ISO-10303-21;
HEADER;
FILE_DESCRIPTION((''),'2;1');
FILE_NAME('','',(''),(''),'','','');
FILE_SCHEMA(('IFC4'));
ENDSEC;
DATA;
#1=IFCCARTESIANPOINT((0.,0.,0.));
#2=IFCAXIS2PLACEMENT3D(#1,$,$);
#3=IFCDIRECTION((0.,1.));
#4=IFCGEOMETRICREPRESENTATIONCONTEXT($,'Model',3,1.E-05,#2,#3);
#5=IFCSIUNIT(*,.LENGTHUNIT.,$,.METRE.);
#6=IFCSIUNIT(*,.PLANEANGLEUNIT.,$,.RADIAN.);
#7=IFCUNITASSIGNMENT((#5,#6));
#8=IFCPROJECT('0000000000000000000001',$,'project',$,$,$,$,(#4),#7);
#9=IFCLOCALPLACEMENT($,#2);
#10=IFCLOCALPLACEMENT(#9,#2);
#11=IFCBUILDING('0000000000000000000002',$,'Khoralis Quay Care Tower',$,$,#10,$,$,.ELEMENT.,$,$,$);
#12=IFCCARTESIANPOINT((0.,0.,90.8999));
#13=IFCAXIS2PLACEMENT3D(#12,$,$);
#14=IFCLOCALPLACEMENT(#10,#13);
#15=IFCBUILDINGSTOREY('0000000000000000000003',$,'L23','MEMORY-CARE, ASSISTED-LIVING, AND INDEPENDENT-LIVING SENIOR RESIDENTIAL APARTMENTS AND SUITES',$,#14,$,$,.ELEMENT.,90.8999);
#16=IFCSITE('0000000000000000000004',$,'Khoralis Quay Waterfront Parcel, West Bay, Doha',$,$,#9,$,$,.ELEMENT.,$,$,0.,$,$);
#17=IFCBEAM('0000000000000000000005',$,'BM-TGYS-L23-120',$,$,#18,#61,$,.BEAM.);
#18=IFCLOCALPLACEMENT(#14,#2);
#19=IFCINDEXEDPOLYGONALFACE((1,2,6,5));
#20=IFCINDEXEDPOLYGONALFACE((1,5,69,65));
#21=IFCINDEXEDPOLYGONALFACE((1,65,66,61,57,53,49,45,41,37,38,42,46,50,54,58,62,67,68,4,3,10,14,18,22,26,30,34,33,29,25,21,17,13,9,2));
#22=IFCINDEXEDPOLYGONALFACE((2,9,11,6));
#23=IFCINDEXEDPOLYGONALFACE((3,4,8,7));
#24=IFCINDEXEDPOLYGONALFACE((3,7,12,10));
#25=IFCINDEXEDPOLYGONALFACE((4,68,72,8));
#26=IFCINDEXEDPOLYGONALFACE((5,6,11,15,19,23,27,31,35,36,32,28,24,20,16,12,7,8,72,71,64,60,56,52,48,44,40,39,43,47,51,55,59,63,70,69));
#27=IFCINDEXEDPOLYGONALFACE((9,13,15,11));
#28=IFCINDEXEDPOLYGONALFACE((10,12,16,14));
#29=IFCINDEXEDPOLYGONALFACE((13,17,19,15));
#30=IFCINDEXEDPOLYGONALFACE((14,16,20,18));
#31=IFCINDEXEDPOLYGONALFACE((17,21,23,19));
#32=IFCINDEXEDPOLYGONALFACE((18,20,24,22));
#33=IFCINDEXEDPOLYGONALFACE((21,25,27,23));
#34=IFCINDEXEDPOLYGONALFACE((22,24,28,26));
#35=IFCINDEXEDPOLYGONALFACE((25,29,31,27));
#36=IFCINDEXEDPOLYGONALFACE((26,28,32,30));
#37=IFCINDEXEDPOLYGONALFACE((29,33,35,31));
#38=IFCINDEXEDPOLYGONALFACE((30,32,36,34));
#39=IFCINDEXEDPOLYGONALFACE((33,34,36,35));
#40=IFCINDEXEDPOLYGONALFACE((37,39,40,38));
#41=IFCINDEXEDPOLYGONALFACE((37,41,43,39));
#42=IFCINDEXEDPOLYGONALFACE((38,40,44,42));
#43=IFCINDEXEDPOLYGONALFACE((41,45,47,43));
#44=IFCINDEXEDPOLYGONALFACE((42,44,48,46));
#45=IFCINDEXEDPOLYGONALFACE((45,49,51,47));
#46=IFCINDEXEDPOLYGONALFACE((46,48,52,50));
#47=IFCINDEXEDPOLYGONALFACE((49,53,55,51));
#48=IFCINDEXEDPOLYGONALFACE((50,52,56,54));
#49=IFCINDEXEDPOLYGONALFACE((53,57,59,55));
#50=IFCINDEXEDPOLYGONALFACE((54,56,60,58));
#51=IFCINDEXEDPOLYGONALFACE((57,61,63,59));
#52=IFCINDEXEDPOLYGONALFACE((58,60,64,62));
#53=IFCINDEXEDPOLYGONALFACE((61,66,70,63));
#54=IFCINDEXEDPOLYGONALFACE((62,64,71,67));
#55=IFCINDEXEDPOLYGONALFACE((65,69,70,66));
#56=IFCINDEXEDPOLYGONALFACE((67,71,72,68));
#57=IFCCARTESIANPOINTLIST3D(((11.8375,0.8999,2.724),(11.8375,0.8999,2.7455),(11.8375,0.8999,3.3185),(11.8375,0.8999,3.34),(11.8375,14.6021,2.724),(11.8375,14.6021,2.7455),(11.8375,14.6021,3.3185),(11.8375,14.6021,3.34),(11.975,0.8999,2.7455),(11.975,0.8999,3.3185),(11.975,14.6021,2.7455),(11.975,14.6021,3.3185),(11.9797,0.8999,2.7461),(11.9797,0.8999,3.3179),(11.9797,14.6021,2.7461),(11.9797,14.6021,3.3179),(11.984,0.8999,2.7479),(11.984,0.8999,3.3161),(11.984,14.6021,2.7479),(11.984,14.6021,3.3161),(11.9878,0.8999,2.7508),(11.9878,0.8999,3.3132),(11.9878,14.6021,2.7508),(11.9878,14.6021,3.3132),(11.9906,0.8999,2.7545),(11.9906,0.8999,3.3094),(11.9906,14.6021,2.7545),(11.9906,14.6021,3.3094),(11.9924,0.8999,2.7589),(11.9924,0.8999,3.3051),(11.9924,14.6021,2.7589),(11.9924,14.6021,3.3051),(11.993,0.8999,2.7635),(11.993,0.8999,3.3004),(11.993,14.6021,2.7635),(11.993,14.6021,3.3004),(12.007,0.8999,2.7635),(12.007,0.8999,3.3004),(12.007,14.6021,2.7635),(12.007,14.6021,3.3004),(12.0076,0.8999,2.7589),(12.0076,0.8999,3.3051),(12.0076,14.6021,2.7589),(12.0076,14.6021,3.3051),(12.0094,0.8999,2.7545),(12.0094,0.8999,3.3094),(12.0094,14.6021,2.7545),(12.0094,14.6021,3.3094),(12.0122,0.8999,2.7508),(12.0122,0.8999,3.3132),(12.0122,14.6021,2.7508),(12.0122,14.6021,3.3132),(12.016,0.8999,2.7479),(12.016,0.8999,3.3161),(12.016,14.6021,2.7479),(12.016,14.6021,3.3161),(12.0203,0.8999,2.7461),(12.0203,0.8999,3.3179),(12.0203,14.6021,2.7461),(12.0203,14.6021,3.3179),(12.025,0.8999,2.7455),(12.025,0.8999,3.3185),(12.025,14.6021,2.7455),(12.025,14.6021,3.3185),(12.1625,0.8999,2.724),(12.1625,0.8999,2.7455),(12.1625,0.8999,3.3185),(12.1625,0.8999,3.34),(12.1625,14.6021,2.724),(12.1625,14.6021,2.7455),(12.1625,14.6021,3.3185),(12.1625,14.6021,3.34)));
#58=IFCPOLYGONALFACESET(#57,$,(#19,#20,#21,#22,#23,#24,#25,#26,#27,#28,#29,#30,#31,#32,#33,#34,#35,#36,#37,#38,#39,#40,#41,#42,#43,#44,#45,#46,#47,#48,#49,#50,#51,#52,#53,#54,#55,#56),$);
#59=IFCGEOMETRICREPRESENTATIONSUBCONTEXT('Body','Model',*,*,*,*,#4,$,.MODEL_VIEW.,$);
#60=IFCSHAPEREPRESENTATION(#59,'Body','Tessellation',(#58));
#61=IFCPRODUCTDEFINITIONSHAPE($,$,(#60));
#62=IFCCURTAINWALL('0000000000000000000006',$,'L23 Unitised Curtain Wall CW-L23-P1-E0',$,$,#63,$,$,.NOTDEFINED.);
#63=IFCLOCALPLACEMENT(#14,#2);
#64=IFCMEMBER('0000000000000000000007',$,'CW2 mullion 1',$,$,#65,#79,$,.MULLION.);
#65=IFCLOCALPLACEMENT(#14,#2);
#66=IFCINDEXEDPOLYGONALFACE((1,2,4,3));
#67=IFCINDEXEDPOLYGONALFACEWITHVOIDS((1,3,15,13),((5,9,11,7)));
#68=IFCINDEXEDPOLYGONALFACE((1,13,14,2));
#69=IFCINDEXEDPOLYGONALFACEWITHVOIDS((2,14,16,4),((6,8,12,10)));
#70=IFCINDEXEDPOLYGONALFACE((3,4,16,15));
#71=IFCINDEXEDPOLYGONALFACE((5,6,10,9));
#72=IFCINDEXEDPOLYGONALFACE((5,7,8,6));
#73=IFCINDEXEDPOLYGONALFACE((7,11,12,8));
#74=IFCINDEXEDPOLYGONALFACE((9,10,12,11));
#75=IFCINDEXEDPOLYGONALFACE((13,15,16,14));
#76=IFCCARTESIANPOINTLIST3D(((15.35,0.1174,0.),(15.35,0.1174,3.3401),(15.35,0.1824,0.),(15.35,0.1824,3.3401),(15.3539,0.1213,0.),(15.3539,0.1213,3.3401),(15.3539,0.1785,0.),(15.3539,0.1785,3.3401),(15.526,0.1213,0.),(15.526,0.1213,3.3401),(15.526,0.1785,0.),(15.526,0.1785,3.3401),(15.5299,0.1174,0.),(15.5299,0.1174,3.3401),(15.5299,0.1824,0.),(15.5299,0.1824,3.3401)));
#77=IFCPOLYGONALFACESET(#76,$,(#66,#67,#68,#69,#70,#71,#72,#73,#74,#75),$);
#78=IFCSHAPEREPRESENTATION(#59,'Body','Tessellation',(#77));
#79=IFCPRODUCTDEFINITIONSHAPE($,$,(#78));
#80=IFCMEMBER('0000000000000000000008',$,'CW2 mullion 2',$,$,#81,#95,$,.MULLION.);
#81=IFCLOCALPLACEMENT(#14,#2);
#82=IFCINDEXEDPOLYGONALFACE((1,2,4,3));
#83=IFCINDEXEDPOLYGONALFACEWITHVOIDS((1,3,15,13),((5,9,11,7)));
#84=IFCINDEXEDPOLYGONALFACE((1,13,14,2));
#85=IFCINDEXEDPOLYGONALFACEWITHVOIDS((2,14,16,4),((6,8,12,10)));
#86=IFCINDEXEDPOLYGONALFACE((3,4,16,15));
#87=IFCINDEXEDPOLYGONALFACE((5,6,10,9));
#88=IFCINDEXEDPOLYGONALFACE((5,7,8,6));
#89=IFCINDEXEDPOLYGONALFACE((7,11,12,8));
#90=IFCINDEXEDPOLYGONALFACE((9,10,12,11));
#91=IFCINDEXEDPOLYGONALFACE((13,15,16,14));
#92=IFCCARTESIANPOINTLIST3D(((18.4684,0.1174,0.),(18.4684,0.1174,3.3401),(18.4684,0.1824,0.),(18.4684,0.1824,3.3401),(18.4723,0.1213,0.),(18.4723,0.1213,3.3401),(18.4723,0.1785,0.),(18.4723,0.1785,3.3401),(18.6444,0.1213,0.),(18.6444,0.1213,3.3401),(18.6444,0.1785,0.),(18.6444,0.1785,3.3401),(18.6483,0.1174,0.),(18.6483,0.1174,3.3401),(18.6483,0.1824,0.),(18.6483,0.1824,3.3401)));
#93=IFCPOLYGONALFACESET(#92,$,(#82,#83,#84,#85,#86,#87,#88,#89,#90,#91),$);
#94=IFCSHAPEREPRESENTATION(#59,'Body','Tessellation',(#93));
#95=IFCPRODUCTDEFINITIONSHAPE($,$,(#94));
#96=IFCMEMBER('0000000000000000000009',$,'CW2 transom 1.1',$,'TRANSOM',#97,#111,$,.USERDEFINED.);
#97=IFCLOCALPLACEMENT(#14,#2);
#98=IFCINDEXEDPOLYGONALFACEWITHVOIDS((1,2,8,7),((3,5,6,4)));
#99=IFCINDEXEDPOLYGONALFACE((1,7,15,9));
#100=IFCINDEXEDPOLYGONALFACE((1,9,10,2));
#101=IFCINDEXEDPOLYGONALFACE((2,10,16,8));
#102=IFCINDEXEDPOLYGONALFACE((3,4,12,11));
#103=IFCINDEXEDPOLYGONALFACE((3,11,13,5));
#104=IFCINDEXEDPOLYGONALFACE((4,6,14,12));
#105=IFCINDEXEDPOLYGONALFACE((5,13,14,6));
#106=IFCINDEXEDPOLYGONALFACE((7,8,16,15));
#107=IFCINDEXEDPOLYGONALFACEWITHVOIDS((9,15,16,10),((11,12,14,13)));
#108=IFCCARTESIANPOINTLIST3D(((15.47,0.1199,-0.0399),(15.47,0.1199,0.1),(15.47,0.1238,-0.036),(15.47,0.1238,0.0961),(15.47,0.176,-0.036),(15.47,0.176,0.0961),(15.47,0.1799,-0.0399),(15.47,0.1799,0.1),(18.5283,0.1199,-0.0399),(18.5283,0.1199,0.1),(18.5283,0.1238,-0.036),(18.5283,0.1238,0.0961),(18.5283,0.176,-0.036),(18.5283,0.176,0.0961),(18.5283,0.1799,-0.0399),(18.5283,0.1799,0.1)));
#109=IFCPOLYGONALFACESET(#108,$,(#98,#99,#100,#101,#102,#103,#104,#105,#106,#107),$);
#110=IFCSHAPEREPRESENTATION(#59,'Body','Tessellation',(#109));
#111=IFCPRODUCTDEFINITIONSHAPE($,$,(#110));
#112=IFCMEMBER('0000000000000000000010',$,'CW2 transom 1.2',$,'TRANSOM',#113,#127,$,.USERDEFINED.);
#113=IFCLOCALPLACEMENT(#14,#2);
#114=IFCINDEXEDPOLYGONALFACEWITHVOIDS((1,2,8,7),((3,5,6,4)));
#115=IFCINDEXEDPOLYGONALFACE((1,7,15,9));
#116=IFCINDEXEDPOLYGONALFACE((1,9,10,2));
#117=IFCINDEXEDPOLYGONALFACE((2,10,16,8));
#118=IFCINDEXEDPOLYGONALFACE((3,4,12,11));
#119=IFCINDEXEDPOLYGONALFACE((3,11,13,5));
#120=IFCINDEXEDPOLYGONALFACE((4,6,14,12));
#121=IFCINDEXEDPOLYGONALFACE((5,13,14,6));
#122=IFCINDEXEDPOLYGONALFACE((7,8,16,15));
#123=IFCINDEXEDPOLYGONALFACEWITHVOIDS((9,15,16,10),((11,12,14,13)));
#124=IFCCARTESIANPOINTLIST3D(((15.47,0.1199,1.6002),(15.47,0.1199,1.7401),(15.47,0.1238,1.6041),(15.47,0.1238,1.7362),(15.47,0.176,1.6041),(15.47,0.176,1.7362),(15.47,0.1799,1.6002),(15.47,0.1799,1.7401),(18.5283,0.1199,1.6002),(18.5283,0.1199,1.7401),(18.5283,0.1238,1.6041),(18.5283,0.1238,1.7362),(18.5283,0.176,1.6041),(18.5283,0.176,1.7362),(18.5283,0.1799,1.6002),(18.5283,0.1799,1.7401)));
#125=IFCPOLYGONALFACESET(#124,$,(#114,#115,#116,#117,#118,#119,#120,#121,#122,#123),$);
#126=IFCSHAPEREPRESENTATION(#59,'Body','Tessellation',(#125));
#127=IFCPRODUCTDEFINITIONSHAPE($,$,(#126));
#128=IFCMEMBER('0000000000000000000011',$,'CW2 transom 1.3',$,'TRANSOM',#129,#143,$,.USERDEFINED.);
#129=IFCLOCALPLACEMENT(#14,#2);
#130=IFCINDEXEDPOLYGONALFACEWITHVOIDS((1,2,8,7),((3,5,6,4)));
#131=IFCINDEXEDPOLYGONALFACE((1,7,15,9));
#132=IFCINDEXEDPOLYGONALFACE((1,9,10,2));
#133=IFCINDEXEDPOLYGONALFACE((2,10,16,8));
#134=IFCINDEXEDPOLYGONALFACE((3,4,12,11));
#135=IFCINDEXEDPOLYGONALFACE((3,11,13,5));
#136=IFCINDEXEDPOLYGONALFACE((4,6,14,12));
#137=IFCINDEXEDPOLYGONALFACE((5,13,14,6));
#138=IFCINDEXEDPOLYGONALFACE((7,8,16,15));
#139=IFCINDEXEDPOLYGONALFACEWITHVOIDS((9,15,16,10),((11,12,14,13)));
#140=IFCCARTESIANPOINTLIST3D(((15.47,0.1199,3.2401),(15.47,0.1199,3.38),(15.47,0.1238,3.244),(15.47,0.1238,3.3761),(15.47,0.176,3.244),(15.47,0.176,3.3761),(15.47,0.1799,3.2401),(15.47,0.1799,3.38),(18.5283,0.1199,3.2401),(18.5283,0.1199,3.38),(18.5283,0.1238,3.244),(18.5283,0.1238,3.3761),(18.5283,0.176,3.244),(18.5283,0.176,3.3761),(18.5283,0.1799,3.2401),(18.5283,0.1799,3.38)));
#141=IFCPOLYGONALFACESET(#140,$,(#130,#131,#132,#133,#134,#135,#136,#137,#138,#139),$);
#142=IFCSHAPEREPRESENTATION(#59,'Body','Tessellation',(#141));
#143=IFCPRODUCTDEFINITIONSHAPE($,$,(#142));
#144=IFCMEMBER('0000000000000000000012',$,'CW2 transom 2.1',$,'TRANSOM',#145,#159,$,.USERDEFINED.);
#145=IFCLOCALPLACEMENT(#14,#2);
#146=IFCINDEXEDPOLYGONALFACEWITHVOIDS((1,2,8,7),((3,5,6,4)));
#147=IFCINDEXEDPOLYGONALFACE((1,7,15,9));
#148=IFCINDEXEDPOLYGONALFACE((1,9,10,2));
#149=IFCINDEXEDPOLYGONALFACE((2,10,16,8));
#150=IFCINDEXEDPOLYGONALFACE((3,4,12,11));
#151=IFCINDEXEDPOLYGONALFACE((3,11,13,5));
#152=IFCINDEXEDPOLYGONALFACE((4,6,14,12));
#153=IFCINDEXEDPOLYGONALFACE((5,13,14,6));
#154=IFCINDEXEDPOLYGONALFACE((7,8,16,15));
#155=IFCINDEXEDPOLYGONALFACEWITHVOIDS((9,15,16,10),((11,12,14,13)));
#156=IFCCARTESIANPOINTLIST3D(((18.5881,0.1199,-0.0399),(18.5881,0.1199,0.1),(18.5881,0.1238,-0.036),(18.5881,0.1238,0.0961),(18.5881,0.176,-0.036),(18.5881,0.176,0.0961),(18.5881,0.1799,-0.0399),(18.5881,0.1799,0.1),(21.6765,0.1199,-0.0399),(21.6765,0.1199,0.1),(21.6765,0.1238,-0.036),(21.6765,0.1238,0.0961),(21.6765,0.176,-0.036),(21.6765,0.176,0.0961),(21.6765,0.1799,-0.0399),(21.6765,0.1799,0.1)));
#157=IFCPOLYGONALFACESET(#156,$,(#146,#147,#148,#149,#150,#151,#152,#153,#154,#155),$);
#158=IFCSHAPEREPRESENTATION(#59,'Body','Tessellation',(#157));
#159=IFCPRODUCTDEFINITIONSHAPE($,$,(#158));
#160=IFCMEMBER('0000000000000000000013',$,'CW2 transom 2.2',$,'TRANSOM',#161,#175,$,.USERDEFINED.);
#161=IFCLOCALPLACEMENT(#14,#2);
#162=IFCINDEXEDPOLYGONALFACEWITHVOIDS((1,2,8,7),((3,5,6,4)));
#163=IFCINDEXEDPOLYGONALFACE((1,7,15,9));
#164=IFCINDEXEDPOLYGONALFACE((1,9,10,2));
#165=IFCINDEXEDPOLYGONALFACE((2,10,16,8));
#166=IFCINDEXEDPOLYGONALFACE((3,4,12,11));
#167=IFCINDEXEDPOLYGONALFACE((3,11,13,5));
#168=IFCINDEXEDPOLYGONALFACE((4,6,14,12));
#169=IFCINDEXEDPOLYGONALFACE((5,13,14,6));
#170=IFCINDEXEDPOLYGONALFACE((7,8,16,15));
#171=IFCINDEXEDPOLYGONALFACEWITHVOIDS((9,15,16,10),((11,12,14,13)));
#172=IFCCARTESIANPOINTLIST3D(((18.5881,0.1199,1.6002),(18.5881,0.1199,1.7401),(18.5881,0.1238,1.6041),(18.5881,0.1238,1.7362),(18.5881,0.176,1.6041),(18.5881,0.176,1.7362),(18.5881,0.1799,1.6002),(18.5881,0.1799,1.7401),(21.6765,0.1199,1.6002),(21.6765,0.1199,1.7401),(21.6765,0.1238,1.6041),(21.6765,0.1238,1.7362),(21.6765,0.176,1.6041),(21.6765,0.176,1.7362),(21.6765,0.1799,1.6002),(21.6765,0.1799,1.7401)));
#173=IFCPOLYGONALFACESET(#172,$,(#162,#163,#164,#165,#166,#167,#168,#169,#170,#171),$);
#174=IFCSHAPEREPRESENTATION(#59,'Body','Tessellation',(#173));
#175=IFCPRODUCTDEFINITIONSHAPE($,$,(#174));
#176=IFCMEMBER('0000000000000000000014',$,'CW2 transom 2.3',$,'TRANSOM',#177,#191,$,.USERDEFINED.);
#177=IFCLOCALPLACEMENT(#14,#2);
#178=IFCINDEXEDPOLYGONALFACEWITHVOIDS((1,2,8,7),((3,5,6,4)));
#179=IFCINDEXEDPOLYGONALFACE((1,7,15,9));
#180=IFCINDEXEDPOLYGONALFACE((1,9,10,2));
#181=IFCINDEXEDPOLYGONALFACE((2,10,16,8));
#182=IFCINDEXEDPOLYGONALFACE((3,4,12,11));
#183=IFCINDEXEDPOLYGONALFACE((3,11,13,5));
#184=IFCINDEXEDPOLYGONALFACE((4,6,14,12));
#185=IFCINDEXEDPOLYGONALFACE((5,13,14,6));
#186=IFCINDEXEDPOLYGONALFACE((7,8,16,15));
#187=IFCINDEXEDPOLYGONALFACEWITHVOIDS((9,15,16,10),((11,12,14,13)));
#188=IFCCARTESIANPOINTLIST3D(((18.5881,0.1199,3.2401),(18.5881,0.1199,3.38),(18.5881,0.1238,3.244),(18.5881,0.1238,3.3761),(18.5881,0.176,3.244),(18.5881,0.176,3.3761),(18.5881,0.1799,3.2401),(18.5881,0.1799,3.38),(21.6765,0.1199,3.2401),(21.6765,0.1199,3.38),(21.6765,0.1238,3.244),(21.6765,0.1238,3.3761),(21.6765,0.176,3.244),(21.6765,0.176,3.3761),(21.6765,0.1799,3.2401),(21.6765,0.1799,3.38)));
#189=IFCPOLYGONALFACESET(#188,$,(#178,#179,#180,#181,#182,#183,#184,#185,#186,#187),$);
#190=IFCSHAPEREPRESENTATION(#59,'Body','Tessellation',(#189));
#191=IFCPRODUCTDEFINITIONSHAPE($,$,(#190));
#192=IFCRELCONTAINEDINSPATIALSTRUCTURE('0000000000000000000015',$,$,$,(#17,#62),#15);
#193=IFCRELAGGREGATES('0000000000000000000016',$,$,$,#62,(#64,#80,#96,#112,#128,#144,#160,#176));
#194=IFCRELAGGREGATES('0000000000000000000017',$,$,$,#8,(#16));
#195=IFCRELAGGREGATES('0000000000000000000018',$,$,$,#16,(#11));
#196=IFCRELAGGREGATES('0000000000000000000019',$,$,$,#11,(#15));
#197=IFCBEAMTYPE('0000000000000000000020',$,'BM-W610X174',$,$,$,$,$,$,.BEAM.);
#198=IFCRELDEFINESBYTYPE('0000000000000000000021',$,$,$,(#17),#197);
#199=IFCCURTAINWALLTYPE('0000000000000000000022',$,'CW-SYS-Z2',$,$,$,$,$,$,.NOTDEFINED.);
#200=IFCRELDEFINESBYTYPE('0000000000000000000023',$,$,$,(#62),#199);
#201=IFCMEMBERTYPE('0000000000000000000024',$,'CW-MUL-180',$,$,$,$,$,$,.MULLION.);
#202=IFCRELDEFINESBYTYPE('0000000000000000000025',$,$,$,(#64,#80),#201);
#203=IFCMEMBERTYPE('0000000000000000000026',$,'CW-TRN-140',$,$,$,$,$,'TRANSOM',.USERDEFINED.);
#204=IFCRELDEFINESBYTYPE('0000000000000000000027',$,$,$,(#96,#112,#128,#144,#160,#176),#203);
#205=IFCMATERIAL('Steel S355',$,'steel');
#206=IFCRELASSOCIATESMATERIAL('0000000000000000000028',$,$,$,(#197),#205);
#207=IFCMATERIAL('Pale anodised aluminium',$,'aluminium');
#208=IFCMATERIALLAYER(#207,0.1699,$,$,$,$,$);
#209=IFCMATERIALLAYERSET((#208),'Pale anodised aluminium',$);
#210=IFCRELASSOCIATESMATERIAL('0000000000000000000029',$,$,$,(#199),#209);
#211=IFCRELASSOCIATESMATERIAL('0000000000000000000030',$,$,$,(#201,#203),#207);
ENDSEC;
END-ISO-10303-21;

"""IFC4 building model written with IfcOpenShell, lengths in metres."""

from ifc_helpers import new_model, si_unit, direction, frame, origin, origin_2d, place, context, subcontext, project, spatial, hollow_rectangle, i_section, extrude, source, transform, mapped, material, layer, layer_set, material_profile, profile_set, type_object, element, aggregate, save


model = new_model("IFC4")

# Units and contexts
model_context = context("Model", 3, precision=1e-05, world=origin(), true_north=direction((0.0, 1.0)))
body_context = subcontext(model_context, "Body", "Model", "MODEL_VIEW")
ifc_project = project(units=[si_unit("LENGTHUNIT", "METRE"), si_unit("PLANEANGLEUNIT", "RADIAN")], contexts=[model_context])

# Site, building, storey
site_placement = place(None, origin())
site = spatial("IfcSite", under=ifc_project, at=site_placement, Name="Khoralis Quay Waterfront Parcel, West Bay, Doha", CompositionType="ELEMENT", RefElevation=0.0)
building_placement = place(site_placement, origin())
building = spatial("IfcBuilding", under=site, at=building_placement, Name="Khoralis Quay Care Tower", CompositionType="ELEMENT")
storey_placement = place(building_placement, frame((0.0, 0.0, 90.8999)))
storey = spatial("IfcBuildingStorey", under=building, at=storey_placement, Name="L23", Description="MEMORY-CARE, ASSISTED-LIVING, AND INDEPENDENT-LIVING SENIOR RESIDENTIAL APARTMENTS AND SUITES", CompositionType="ELEMENT", Elevation=90.8999)

# Beam
ifc_material_1 = material(Name="Steel S355", Category="steel")
ifc_material_profile_1 = material_profile(ifc_material_1, i_section(OverallWidth=0.325, OverallDepth=0.616, WebThickness=0.0139, FlangeThickness=0.0215, FilletRadius=0.0181, at=origin_2d()), Name="Steel S355")
ifc_profile_set_1 = profile_set([ifc_material_profile_1], Name="Steel S355")
beam_type_1 = type_object("IfcBeamType", Name="BM-W610X174", PredefinedType="BEAM", material=ifc_profile_set_1)
shared_shape_1 = source(origin(), body_context, "Body", "SweptSolid", [
    extrude(i_section(OverallWidth=0.325, OverallDepth=0.616, WebThickness=0.0139, FlangeThickness=0.0215, FilletRadius=0.0181, at=origin_2d()), origin(), (0.0, 0.0, 1.0), 13.7021),
])
beam_1_placement = place(storey_placement, frame((12.0, 0.8999, 3.032), z_axis=(0.0, 1.0, 0.0), x_axis=(-1.0, 0.0, 0.0)))
element("IfcBeam", 1, at=beam_1_placement, inside=storey, type_object=beam_type_1, Name="BM-TGYS-L23-120", PredefinedType="BEAM", context=body_context, shape_type="MappedRepresentation", body=[
    mapped(shared_shape_1, transform((0.0, 0.0, 0.0), scale=1.0)),
])

# Curtain wall, members
ifc_material_2 = material(Name="Pale anodised aluminium", Category="aluminium")
ifc_layer_1 = layer(ifc_material_2, 0.1699)
ifc_layer_set_1 = layer_set([ifc_layer_1], Name="Pale anodised aluminium")
curtain_wall_type = type_object("IfcCurtainWallType", Name="CW-SYS-Z2", PredefinedType="NOTDEFINED", material=ifc_layer_set_1)
curtain_wall_placement = place(storey_placement, origin())
curtain_wall = element("IfcCurtainWall", 2, at=curtain_wall_placement, inside=storey, type_object=curtain_wall_type, Name="L23 Unitised Curtain Wall CW-L23-P1-E0", PredefinedType="NOTDEFINED")
ifc_material_profile_2 = material_profile(ifc_material_2, hollow_rectangle(XDim=0.0649, YDim=0.1799, WallThickness=0.0039, at=origin_2d()), Name="Pale anodised aluminium")
ifc_profile_set_2 = profile_set([ifc_material_profile_2], Name="Pale anodised aluminium")
member_type_1 = type_object("IfcMemberType", Name="CW-MUL-180", PredefinedType="MULLION", material=ifc_profile_set_2)
shared_shape_2 = source(origin(), body_context, "Body", "SweptSolid", [
    extrude(hollow_rectangle(XDim=0.0649, YDim=0.1799, WallThickness=0.0039, at=origin_2d()), origin(), (0.0, 0.0, 1.0), 3.3401),
])
member_1_placement = place(storey_placement, frame((15.4399, 0.1499, 0.0), z_axis=(0.0, 0.0, 1.0), x_axis=(0.0, 1.0, 0.0)))
member_1 = element("IfcMember", 3, at=member_1_placement, type_object=member_type_1, Name="CW2 mullion 1", PredefinedType="MULLION", context=body_context, shape_type="MappedRepresentation", body=[
    mapped(shared_shape_2, transform((0.0, 0.0, 0.0), scale=1.0)),
])
member_2_placement = place(storey_placement, frame((18.5583, 0.1499, 0.0), z_axis=(0.0, 0.0, 1.0), x_axis=(0.0, 1.0, 0.0)))
member_2 = element("IfcMember", 4, at=member_2_placement, type_object=member_type_1, Name="CW2 mullion 2", PredefinedType="MULLION", context=body_context, shape_type="MappedRepresentation", body=[
    mapped(shared_shape_2, transform((0.0, 0.0, 0.0), scale=1.0)),
])
ifc_material_profile_3 = material_profile(ifc_material_2, hollow_rectangle(XDim=0.0601, YDim=0.1399, WallThickness=0.0039, at=origin_2d()), Name="Pale anodised aluminium")
ifc_profile_set_3 = profile_set([ifc_material_profile_3], Name="Pale anodised aluminium")
member_type_2 = type_object("IfcMemberType", Name="CW-TRN-140", ElementType="TRANSOM", PredefinedType="USERDEFINED", material=ifc_profile_set_3)
shared_shape_3 = source(origin(), body_context, "Body", "SweptSolid", [
    extrude(hollow_rectangle(XDim=0.0601, YDim=0.1399, WallThickness=0.0039, at=origin_2d()), origin(), (0.0, 0.0, 1.0), 3.0583),
])
member_3_placement = place(storey_placement, frame((15.47, 0.1499, 0.03), z_axis=(1.0, 0.0, 0.0), x_axis=(0.0, 1.0, 0.0)))
member_3 = element("IfcMember", 5, at=member_3_placement, type_object=member_type_2, Name="CW2 transom 1.1", ObjectType="TRANSOM", PredefinedType="USERDEFINED", context=body_context, shape_type="MappedRepresentation", body=[
    mapped(shared_shape_3, transform((0.0, 0.0, 0.0), scale=1.0)),
])
member_4_placement = place(storey_placement, frame((15.47, 0.1499, 1.6702), z_axis=(1.0, 0.0, 0.0), x_axis=(0.0, 1.0, 0.0)))
member_4 = element("IfcMember", 6, at=member_4_placement, type_object=member_type_2, Name="CW2 transom 1.2", ObjectType="TRANSOM", PredefinedType="USERDEFINED", context=body_context, shape_type="MappedRepresentation", body=[
    mapped(shared_shape_3, transform((0.0, 0.0, 0.0), scale=1.0)),
])
member_5_placement = place(storey_placement, frame((15.47, 0.1499, 3.3101), z_axis=(1.0, 0.0, 0.0), x_axis=(0.0, 1.0, 0.0)))
member_5 = element("IfcMember", 7, at=member_5_placement, type_object=member_type_2, Name="CW2 transom 1.3", ObjectType="TRANSOM", PredefinedType="USERDEFINED", context=body_context, shape_type="MappedRepresentation", body=[
    mapped(shared_shape_3, transform((0.0, 0.0, 0.0), scale=1.0)),
])
shared_shape_4 = source(origin(), body_context, "Body", "SweptSolid", [
    extrude(hollow_rectangle(XDim=0.0601, YDim=0.1399, WallThickness=0.0039, at=origin_2d()), origin(), (0.0, 0.0, 1.0), 3.0884),
])
member_6_placement = place(storey_placement, frame((18.5881, 0.1499, 0.03), z_axis=(1.0, 0.0, 0.0), x_axis=(0.0, 1.0, 0.0)))
member_6 = element("IfcMember", 8, at=member_6_placement, type_object=member_type_2, Name="CW2 transom 2.1", ObjectType="TRANSOM", PredefinedType="USERDEFINED", context=body_context, shape_type="MappedRepresentation", body=[
    mapped(shared_shape_4, transform((0.0, 0.0, 0.0), scale=1.0)),
])
member_7_placement = place(storey_placement, frame((18.5881, 0.1499, 1.6702), z_axis=(1.0, 0.0, 0.0), x_axis=(0.0, 1.0, 0.0)))
member_7 = element("IfcMember", 9, at=member_7_placement, type_object=member_type_2, Name="CW2 transom 2.2", ObjectType="TRANSOM", PredefinedType="USERDEFINED", context=body_context, shape_type="MappedRepresentation", body=[
    mapped(shared_shape_4, transform((0.0, 0.0, 0.0), scale=1.0)),
])
member_8_placement = place(storey_placement, frame((18.5881, 0.1499, 3.3101), z_axis=(1.0, 0.0, 0.0), x_axis=(0.0, 1.0, 0.0)))
member_8 = element("IfcMember", 10, at=member_8_placement, type_object=member_type_2, Name="CW2 transom 2.3", ObjectType="TRANSOM", PredefinedType="USERDEFINED", context=body_context, shape_type="MappedRepresentation", body=[
    mapped(shared_shape_4, transform((0.0, 0.0, 0.0), scale=1.0)),
])
aggregate(curtain_wall, [member_1, member_2, member_3, member_4, member_5, member_6, member_7, member_8])

save(model, "model.ifc")
